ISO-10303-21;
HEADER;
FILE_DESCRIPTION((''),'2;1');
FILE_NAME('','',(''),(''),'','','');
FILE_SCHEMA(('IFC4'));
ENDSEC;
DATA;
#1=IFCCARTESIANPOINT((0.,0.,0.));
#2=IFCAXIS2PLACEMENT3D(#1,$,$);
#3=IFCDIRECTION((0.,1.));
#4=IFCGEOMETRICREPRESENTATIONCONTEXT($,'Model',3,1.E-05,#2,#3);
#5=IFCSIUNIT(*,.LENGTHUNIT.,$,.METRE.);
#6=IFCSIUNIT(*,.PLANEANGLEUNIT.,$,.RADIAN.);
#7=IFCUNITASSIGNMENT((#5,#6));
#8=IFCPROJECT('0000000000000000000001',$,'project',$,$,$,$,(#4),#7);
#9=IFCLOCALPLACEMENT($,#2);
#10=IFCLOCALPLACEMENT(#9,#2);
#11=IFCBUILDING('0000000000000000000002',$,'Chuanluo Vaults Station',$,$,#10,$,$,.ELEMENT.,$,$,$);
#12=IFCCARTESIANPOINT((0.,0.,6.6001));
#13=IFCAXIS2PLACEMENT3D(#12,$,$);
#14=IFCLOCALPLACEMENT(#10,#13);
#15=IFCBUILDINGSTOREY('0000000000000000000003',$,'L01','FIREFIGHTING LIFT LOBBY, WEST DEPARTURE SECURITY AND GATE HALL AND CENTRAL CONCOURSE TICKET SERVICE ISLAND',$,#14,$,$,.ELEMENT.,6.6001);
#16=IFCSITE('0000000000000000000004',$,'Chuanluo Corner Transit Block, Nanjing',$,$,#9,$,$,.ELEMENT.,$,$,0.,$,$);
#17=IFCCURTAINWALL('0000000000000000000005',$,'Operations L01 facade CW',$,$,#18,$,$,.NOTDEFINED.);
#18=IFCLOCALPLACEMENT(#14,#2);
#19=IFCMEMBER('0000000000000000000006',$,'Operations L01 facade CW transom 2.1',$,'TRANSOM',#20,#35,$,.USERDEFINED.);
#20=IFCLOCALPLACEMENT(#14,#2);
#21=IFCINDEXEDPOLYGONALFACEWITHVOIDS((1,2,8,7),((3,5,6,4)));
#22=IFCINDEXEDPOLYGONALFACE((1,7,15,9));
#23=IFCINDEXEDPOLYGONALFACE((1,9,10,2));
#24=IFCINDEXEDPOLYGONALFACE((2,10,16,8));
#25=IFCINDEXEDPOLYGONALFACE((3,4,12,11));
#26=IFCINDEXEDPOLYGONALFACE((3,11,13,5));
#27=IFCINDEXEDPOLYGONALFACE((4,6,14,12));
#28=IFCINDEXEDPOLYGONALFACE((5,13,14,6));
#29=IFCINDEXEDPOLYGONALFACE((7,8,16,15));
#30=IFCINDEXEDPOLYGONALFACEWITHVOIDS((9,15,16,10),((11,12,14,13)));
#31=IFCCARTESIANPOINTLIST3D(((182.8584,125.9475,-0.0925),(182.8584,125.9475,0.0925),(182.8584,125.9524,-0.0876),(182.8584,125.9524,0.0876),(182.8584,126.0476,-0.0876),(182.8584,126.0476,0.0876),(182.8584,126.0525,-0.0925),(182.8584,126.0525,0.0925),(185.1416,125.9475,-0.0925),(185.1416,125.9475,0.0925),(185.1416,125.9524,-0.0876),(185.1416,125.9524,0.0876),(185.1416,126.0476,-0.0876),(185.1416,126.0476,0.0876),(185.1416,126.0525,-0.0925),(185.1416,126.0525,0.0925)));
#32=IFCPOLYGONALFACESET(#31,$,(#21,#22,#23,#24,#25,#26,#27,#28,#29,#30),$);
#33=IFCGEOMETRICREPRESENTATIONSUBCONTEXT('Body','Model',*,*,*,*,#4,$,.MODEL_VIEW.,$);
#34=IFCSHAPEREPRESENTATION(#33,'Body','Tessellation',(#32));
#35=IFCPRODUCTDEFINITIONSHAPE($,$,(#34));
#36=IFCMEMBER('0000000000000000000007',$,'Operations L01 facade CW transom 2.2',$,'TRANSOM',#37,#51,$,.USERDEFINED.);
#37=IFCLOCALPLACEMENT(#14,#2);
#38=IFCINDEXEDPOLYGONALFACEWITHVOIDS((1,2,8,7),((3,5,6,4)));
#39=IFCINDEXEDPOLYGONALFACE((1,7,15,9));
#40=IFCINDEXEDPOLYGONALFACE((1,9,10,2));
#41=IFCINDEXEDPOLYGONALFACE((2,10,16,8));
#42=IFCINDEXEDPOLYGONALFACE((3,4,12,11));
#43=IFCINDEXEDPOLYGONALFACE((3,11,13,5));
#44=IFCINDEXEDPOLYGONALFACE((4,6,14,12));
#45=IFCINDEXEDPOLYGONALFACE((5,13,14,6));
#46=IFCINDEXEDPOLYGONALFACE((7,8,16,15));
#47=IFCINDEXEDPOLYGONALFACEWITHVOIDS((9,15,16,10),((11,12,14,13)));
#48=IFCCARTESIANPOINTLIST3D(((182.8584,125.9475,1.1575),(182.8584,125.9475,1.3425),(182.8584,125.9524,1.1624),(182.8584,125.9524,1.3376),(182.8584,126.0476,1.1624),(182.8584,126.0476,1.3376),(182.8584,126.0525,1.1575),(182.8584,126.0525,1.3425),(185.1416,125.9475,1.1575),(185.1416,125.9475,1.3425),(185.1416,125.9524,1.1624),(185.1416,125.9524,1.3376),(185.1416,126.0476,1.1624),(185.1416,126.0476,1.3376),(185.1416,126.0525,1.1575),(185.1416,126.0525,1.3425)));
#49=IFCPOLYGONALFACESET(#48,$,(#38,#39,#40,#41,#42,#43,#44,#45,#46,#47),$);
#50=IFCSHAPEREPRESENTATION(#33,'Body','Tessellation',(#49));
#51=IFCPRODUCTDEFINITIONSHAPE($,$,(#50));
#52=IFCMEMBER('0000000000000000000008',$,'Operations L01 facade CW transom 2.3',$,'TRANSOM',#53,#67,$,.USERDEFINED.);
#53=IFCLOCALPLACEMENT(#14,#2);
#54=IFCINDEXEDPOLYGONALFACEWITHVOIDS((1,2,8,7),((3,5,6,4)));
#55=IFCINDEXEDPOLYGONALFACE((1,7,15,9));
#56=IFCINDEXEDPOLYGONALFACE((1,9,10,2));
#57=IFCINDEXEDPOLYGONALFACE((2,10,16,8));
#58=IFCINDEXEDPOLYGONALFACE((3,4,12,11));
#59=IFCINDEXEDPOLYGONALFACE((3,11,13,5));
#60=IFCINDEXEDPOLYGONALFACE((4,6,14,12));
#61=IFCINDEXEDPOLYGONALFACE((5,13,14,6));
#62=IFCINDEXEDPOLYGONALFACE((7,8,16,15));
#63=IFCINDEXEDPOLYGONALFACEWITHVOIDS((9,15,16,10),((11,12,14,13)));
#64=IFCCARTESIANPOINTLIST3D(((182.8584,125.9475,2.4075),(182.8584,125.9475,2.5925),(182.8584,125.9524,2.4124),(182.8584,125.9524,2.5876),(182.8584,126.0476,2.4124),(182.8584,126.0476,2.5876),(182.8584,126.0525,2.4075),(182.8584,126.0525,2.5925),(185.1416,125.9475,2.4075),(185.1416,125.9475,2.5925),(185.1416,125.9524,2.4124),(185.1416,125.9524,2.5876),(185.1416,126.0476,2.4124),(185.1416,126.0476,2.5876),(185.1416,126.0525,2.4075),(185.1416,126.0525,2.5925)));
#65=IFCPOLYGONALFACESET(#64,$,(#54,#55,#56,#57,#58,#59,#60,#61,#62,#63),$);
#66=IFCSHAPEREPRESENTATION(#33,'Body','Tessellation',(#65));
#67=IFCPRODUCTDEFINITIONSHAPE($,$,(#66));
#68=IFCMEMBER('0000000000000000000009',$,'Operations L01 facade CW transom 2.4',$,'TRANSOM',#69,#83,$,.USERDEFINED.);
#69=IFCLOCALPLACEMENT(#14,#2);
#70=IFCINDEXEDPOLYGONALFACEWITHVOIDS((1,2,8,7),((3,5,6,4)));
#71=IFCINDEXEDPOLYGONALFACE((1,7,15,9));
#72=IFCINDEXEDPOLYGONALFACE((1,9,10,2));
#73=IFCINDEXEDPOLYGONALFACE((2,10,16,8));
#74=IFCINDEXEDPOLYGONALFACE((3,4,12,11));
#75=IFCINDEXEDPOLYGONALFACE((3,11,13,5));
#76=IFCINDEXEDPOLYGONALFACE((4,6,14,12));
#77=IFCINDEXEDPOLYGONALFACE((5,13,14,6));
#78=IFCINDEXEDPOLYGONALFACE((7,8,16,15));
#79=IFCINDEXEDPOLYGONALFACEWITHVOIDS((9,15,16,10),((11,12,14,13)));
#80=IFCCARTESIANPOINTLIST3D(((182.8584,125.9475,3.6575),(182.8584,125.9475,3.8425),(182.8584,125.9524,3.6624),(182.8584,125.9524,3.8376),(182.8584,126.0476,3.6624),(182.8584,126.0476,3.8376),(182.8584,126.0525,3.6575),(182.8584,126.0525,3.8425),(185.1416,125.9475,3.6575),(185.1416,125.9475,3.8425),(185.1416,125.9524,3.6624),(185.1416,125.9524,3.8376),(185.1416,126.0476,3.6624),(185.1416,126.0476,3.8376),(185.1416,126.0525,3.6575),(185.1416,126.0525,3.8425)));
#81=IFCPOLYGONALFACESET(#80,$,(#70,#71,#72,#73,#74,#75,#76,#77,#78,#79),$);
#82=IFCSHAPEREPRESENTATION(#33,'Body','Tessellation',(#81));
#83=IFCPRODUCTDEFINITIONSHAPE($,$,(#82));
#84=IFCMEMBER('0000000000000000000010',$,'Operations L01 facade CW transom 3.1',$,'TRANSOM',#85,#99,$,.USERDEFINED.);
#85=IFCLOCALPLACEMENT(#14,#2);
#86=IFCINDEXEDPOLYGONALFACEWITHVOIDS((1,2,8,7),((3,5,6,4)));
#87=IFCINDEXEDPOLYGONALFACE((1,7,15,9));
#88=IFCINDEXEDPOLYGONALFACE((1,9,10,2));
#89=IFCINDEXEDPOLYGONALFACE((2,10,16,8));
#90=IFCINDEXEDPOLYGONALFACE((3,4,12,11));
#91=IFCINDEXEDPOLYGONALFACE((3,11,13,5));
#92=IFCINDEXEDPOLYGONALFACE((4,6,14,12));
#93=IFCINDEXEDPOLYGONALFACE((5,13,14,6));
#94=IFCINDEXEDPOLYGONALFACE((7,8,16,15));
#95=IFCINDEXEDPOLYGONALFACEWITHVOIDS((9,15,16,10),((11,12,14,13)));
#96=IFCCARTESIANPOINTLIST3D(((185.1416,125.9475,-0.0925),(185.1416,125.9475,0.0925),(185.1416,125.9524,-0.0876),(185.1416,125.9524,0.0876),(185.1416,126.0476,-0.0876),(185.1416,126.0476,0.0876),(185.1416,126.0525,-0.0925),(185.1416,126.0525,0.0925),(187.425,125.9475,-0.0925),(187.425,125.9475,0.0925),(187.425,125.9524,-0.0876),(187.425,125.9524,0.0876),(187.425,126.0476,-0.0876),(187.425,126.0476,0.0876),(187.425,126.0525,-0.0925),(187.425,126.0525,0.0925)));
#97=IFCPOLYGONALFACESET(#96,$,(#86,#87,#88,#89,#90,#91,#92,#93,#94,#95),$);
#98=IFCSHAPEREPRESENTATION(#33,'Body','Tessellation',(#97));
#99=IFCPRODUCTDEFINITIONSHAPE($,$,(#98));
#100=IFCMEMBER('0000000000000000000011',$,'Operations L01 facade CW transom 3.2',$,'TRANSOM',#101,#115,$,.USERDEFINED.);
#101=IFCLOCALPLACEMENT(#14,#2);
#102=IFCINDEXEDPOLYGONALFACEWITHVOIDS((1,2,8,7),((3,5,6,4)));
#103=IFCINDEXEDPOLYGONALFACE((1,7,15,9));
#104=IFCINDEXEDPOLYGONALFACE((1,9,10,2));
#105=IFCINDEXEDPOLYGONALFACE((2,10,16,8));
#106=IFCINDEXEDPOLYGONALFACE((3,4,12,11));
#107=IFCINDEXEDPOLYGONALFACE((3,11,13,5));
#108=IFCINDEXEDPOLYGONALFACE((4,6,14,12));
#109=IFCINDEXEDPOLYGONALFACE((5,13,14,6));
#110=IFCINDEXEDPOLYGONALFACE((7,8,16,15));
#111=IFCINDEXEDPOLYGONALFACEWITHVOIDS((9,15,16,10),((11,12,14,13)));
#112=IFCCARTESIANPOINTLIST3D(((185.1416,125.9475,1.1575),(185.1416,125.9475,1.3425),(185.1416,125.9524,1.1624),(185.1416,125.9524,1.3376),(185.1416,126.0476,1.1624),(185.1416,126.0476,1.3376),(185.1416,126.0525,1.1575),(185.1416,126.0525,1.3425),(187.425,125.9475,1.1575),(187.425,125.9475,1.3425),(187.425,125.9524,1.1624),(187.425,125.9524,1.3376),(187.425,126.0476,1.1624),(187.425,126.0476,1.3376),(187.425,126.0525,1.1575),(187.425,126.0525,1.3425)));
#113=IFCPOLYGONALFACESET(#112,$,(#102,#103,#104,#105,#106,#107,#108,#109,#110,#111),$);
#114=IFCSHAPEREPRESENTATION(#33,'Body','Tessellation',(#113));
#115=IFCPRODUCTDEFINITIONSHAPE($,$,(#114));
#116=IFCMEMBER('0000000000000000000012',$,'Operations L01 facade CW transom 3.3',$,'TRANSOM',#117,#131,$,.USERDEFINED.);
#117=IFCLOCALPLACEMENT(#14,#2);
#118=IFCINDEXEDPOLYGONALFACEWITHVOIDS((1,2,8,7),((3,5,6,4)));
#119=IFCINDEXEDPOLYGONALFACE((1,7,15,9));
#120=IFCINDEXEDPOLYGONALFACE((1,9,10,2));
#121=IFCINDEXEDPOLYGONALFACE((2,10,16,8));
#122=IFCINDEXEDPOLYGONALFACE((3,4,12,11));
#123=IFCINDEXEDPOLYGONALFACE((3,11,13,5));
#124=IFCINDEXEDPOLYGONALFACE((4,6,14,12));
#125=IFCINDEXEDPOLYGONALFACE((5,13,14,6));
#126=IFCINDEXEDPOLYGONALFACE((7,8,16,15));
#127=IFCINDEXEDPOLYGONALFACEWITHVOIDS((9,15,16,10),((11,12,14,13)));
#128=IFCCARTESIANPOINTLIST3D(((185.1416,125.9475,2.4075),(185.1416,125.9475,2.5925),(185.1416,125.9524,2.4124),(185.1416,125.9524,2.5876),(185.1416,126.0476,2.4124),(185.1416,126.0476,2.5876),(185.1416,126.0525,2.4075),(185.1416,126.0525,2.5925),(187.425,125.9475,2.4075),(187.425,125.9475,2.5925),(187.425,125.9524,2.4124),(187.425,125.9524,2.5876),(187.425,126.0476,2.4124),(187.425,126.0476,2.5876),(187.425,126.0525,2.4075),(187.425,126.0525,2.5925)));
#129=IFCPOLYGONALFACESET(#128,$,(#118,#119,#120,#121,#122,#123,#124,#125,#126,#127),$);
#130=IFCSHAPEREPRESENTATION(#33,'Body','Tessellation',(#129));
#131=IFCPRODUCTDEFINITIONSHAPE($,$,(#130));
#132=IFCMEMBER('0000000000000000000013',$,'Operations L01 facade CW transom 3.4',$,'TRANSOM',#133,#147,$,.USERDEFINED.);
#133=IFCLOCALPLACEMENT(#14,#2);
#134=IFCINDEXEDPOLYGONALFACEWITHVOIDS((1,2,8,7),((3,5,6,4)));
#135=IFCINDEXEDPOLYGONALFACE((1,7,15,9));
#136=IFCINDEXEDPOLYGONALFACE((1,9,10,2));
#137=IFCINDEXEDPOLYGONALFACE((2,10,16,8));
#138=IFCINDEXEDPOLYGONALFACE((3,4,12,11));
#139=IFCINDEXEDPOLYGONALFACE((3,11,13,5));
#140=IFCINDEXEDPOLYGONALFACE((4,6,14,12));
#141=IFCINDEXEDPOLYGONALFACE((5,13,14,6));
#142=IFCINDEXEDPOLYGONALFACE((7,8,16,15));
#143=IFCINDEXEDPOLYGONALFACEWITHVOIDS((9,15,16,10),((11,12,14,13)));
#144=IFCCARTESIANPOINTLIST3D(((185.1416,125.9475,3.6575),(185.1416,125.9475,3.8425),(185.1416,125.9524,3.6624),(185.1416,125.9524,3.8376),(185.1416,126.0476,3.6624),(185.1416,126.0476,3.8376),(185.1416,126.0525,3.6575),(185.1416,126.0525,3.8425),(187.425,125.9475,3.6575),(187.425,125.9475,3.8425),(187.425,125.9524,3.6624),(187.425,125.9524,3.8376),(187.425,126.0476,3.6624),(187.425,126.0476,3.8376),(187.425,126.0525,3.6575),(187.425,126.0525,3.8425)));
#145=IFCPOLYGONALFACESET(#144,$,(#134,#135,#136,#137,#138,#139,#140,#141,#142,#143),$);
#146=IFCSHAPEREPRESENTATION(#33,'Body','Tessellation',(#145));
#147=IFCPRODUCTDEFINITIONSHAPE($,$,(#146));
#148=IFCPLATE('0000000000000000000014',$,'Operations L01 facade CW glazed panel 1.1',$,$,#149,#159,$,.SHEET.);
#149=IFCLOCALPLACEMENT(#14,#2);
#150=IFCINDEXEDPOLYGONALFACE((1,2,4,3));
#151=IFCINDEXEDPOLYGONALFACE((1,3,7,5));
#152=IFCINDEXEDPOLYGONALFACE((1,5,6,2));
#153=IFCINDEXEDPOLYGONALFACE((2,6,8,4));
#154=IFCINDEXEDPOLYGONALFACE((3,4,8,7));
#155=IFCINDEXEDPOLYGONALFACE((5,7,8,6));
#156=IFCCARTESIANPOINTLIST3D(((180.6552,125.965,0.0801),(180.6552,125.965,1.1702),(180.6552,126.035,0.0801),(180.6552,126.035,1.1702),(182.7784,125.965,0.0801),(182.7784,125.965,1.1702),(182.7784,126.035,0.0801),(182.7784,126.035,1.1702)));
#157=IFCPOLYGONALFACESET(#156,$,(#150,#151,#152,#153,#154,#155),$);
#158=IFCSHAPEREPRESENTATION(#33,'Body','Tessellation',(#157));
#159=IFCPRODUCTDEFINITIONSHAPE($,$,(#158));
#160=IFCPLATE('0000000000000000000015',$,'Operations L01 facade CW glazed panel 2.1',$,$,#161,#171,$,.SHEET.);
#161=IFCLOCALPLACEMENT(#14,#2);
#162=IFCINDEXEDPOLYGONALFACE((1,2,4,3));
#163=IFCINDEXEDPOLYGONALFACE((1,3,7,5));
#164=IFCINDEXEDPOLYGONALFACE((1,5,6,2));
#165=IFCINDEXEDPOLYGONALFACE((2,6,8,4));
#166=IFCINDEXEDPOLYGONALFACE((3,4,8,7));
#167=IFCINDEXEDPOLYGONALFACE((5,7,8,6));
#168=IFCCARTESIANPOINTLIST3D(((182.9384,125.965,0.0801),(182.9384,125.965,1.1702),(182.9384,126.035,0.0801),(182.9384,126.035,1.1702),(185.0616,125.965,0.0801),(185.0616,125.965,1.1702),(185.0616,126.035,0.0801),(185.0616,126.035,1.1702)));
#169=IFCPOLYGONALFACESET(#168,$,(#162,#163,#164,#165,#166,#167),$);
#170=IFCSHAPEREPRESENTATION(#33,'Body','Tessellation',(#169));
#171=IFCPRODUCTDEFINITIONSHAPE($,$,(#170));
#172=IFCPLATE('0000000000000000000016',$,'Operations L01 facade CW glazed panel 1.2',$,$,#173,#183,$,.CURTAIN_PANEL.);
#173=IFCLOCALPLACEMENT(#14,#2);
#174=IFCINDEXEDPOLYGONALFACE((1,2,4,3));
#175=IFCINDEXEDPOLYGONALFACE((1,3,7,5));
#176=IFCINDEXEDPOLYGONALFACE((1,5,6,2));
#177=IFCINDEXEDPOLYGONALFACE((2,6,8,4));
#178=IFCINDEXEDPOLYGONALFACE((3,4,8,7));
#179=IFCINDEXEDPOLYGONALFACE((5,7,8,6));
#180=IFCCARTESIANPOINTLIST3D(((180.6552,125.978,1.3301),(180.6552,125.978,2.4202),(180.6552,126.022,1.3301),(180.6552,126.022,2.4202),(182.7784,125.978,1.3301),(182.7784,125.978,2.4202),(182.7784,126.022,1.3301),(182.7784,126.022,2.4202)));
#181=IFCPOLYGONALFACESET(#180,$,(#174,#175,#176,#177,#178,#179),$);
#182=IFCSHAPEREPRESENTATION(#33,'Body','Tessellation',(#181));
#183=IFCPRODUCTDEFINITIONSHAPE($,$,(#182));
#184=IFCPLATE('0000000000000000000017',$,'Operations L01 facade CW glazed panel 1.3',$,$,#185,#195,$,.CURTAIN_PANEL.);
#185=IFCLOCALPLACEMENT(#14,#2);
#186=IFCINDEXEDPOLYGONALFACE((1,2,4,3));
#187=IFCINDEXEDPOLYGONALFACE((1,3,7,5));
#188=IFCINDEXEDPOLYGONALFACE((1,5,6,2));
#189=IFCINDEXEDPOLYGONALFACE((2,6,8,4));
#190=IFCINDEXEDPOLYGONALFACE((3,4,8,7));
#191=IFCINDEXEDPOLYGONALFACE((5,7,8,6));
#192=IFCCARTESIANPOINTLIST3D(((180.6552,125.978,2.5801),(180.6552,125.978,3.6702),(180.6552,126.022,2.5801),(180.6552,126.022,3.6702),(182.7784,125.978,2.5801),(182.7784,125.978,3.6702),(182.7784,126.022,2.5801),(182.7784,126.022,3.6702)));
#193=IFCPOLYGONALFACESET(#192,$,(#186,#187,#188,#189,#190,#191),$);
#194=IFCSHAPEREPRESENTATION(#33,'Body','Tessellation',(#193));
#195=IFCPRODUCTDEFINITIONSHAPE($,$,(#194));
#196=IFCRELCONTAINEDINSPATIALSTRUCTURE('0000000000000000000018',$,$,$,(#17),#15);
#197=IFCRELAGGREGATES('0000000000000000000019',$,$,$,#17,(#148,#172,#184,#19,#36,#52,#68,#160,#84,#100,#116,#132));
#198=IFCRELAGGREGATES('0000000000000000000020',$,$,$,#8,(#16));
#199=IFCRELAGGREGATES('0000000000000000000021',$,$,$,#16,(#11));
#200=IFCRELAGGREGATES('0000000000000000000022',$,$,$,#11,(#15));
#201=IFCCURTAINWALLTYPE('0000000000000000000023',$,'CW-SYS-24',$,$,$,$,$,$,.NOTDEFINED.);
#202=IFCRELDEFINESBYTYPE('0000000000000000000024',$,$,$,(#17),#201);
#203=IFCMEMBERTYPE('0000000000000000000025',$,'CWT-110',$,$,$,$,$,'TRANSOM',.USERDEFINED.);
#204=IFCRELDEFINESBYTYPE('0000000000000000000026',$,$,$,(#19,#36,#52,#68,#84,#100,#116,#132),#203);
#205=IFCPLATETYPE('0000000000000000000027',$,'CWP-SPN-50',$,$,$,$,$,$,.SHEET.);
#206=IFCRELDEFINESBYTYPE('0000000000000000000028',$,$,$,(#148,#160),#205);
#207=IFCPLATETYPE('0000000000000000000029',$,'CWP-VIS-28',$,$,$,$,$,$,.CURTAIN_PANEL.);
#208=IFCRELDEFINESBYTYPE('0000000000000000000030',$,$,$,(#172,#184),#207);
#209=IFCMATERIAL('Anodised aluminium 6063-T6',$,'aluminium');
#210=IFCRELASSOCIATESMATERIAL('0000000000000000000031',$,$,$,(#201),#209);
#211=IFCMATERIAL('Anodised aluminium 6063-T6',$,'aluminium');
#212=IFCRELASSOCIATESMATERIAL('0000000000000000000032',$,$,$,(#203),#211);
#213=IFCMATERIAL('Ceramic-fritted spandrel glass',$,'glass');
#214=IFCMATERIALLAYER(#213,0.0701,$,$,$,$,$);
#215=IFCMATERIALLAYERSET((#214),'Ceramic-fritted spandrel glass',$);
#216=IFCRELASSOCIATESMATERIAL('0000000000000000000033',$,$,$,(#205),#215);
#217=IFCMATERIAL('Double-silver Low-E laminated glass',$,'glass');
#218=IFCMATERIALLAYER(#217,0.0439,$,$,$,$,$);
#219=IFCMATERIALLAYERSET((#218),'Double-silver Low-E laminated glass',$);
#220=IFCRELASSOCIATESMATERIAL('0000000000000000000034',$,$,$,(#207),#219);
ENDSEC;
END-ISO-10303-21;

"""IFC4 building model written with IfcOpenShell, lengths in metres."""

from ifc_helpers import new_model, si_unit, direction, frame, origin, origin_2d, place, context, subcontext, project, spatial, rectangle, hollow_rectangle, extrude, material, layer, layer_set, material_profile, profile_set, type_object, element, aggregate, save


model = new_model("IFC4")

# Units and contexts
model_context = context("Model", 3, precision=1e-05, world=origin(), true_north=direction((0.0, 1.0)))
body_context = subcontext(model_context, "Body", "Model", "MODEL_VIEW")
ifc_project = project(units=[si_unit("LENGTHUNIT", "METRE"), si_unit("PLANEANGLEUNIT", "RADIAN")], contexts=[model_context])

# Site, building, storey
site_placement = place(None, origin())
site = spatial("IfcSite", under=ifc_project, at=site_placement, Name="Chuanluo Corner Transit Block, Nanjing", CompositionType="ELEMENT", RefElevation=0.0)
building_placement = place(site_placement, origin())
building = spatial("IfcBuilding", under=site, at=building_placement, Name="Chuanluo Vaults Station", CompositionType="ELEMENT")
storey_placement = place(building_placement, frame((0.0, 0.0, 6.6001)))
storey = spatial("IfcBuildingStorey", under=building, at=storey_placement, Name="L01", Description="FIREFIGHTING LIFT LOBBY, WEST DEPARTURE SECURITY AND GATE HALL AND CENTRAL CONCOURSE TICKET SERVICE ISLAND", CompositionType="ELEMENT", Elevation=6.6001)

# Curtain wall, members, plates
ifc_material_1 = material(Name="Anodised aluminium 6063-T6", Category="aluminium")
curtain_wall_type = type_object("IfcCurtainWallType", Name="CW-SYS-24", PredefinedType="NOTDEFINED", material=ifc_material_1)
curtain_wall_placement = place(storey_placement, origin())
curtain_wall = element("IfcCurtainWall", 1, at=curtain_wall_placement, inside=storey, type_object=curtain_wall_type, Name="Operations L01 facade CW", PredefinedType="NOTDEFINED")
ifc_material_2 = material(Name="Anodised aluminium 6063-T6", Category="aluminium")
ifc_material_profile_1 = material_profile(ifc_material_2, hollow_rectangle(XDim=0.105, YDim=0.1851, WallThickness=0.0049, at=origin_2d()))
ifc_profile_set_1 = profile_set([ifc_material_profile_1], Name="Anodised aluminium 6063-T6")
member_type_1 = type_object("IfcMemberType", Name="CWT-110", ElementType="TRANSOM", PredefinedType="USERDEFINED", material=ifc_profile_set_1)
member_1_placement = place(storey_placement, frame((182.8584, 126.0, 0.0), z_axis=(1.0, 0.0, 0.0), x_axis=(0.0, 1.0, 0.0)))
member_1 = element("IfcMember", 2, at=member_1_placement, type_object=member_type_1, Name="Operations L01 facade CW transom 2.1", ObjectType="TRANSOM", PredefinedType="USERDEFINED", context=body_context, shape_type="SweptSolid", body=[
    extrude(hollow_rectangle(XDim=0.105, YDim=0.1851, WallThickness=0.0049, at=origin_2d()), origin(), (0.0, 0.0, 1.0), 2.2832),
])
member_2_placement = place(storey_placement, frame((182.8584, 126.0, 1.25), z_axis=(1.0, 0.0, 0.0), x_axis=(0.0, 1.0, 0.0)))
member_2 = element("IfcMember", 3, at=member_2_placement, type_object=member_type_1, Name="Operations L01 facade CW transom 2.2", ObjectType="TRANSOM", PredefinedType="USERDEFINED", context=body_context, shape_type="SweptSolid", body=[
    extrude(hollow_rectangle(XDim=0.105, YDim=0.1851, WallThickness=0.0049, at=origin_2d()), origin(), (0.0, 0.0, 1.0), 2.2832),
])
member_3_placement = place(storey_placement, frame((182.8584, 126.0, 2.5), z_axis=(1.0, 0.0, 0.0), x_axis=(0.0, 1.0, 0.0)))
member_3 = element("IfcMember", 4, at=member_3_placement, type_object=member_type_1, Name="Operations L01 facade CW transom 2.3", ObjectType="TRANSOM", PredefinedType="USERDEFINED", context=body_context, shape_type="SweptSolid", body=[
    extrude(hollow_rectangle(XDim=0.105, YDim=0.1851, WallThickness=0.0049, at=origin_2d()), origin(), (0.0, 0.0, 1.0), 2.2832),
])
member_4_placement = place(storey_placement, frame((182.8584, 126.0, 3.75), z_axis=(1.0, 0.0, 0.0), x_axis=(0.0, 1.0, 0.0)))
member_4 = element("IfcMember", 5, at=member_4_placement, type_object=member_type_1, Name="Operations L01 facade CW transom 2.4", ObjectType="TRANSOM", PredefinedType="USERDEFINED", context=body_context, shape_type="SweptSolid", body=[
    extrude(hollow_rectangle(XDim=0.105, YDim=0.1851, WallThickness=0.0049, at=origin_2d()), origin(), (0.0, 0.0, 1.0), 2.2832),
])
member_5_placement = place(storey_placement, frame((185.1416, 126.0, 0.0), z_axis=(1.0, 0.0, 0.0), x_axis=(0.0, 1.0, 0.0)))
member_5 = element("IfcMember", 6, at=member_5_placement, type_object=member_type_1, Name="Operations L01 facade CW transom 3.1", ObjectType="TRANSOM", PredefinedType="USERDEFINED", context=body_context, shape_type="SweptSolid", body=[
    extrude(hollow_rectangle(XDim=0.105, YDim=0.1851, WallThickness=0.0049, at=origin_2d()), origin(), (0.0, 0.0, 1.0), 2.2834),
])
member_6_placement = place(storey_placement, frame((185.1416, 126.0, 1.25), z_axis=(1.0, 0.0, 0.0), x_axis=(0.0, 1.0, 0.0)))
member_6 = element("IfcMember", 7, at=member_6_placement, type_object=member_type_1, Name="Operations L01 facade CW transom 3.2", ObjectType="TRANSOM", PredefinedType="USERDEFINED", context=body_context, shape_type="SweptSolid", body=[
    extrude(hollow_rectangle(XDim=0.105, YDim=0.1851, WallThickness=0.0049, at=origin_2d()), origin(), (0.0, 0.0, 1.0), 2.2834),
])
member_7_placement = place(storey_placement, frame((185.1416, 126.0, 2.5), z_axis=(1.0, 0.0, 0.0), x_axis=(0.0, 1.0, 0.0)))
member_7 = element("IfcMember", 8, at=member_7_placement, type_object=member_type_1, Name="Operations L01 facade CW transom 3.3", ObjectType="TRANSOM", PredefinedType="USERDEFINED", context=body_context, shape_type="SweptSolid", body=[
    extrude(hollow_rectangle(XDim=0.105, YDim=0.1851, WallThickness=0.0049, at=origin_2d()), origin(), (0.0, 0.0, 1.0), 2.2834),
])
member_8_placement = place(storey_placement, frame((185.1416, 126.0, 3.75), z_axis=(1.0, 0.0, 0.0), x_axis=(0.0, 1.0, 0.0)))
member_8 = element("IfcMember", 9, at=member_8_placement, type_object=member_type_1, Name="Operations L01 facade CW transom 3.4", ObjectType="TRANSOM", PredefinedType="USERDEFINED", context=body_context, shape_type="SweptSolid", body=[
    extrude(hollow_rectangle(XDim=0.105, YDim=0.1851, WallThickness=0.0049, at=origin_2d()), origin(), (0.0, 0.0, 1.0), 2.2834),
])
ifc_material_3 = material(Name="Ceramic-fritted spandrel glass", Category="glass")
ifc_layer_1 = layer(ifc_material_3, 0.0701)
ifc_layer_set_1 = layer_set([ifc_layer_1], Name="Ceramic-fritted spandrel glass")
plate_type_1 = type_object("IfcPlateType", Name="CWP-SPN-50", PredefinedType="SHEET", material=ifc_layer_set_1)
plate_1_placement = place(storey_placement, frame((181.7168, 126.0, 0.0801), z_axis=(0.0, 0.0, 1.0), x_axis=(1.0, 0.0, 0.0)))
plate_1 = element("IfcPlate", 10, at=plate_1_placement, type_object=plate_type_1, Name="Operations L01 facade CW glazed panel 1.1", PredefinedType="SHEET", context=body_context, shape_type="SweptSolid", body=[
    extrude(rectangle(XDim=2.1233, YDim=0.0701, at=origin_2d()), origin(), (0.0, 0.0, 1.0), 1.0901),
])
plate_2_placement = place(storey_placement, frame((184.0, 126.0, 0.0801), z_axis=(0.0, 0.0, 1.0), x_axis=(1.0, 0.0, 0.0)))
plate_2 = element("IfcPlate", 11, at=plate_2_placement, type_object=plate_type_1, Name="Operations L01 facade CW glazed panel 2.1", PredefinedType="SHEET", context=body_context, shape_type="SweptSolid", body=[
    extrude(rectangle(XDim=2.1233, YDim=0.0701, at=origin_2d()), origin(), (0.0, 0.0, 1.0), 1.0901),
])
ifc_material_4 = material(Name="Double-silver Low-E laminated glass", Category="glass")
ifc_layer_2 = layer(ifc_material_4, 0.0439)
ifc_layer_set_2 = layer_set([ifc_layer_2], Name="Double-silver Low-E laminated glass")
plate_type_2 = type_object("IfcPlateType", Name="CWP-VIS-28", PredefinedType="CURTAIN_PANEL", material=ifc_layer_set_2)
plate_3_placement = place(storey_placement, frame((181.7168, 126.0, 1.3301), z_axis=(0.0, 0.0, 1.0), x_axis=(1.0, 0.0, 0.0)))
plate_3 = element("IfcPlate", 12, at=plate_3_placement, type_object=plate_type_2, Name="Operations L01 facade CW glazed panel 1.2", PredefinedType="CURTAIN_PANEL", context=body_context, shape_type="SweptSolid", body=[
    extrude(rectangle(XDim=2.1233, YDim=0.0439, at=origin_2d()), origin(), (0.0, 0.0, 1.0), 1.0901),
])
plate_4_placement = place(storey_placement, frame((181.7168, 126.0, 2.5801), z_axis=(0.0, 0.0, 1.0), x_axis=(1.0, 0.0, 0.0)))
plate_4 = element("IfcPlate", 13, at=plate_4_placement, type_object=plate_type_2, Name="Operations L01 facade CW glazed panel 1.3", PredefinedType="CURTAIN_PANEL", context=body_context, shape_type="SweptSolid", body=[
    extrude(rectangle(XDim=2.1233, YDim=0.0439, at=origin_2d()), origin(), (0.0, 0.0, 1.0), 1.0901),
])
aggregate(curtain_wall, [plate_1, plate_3, plate_4, member_1, member_2, member_3, member_4, plate_2, member_5, member_6, member_7, member_8])

save(model, "model.ifc")
